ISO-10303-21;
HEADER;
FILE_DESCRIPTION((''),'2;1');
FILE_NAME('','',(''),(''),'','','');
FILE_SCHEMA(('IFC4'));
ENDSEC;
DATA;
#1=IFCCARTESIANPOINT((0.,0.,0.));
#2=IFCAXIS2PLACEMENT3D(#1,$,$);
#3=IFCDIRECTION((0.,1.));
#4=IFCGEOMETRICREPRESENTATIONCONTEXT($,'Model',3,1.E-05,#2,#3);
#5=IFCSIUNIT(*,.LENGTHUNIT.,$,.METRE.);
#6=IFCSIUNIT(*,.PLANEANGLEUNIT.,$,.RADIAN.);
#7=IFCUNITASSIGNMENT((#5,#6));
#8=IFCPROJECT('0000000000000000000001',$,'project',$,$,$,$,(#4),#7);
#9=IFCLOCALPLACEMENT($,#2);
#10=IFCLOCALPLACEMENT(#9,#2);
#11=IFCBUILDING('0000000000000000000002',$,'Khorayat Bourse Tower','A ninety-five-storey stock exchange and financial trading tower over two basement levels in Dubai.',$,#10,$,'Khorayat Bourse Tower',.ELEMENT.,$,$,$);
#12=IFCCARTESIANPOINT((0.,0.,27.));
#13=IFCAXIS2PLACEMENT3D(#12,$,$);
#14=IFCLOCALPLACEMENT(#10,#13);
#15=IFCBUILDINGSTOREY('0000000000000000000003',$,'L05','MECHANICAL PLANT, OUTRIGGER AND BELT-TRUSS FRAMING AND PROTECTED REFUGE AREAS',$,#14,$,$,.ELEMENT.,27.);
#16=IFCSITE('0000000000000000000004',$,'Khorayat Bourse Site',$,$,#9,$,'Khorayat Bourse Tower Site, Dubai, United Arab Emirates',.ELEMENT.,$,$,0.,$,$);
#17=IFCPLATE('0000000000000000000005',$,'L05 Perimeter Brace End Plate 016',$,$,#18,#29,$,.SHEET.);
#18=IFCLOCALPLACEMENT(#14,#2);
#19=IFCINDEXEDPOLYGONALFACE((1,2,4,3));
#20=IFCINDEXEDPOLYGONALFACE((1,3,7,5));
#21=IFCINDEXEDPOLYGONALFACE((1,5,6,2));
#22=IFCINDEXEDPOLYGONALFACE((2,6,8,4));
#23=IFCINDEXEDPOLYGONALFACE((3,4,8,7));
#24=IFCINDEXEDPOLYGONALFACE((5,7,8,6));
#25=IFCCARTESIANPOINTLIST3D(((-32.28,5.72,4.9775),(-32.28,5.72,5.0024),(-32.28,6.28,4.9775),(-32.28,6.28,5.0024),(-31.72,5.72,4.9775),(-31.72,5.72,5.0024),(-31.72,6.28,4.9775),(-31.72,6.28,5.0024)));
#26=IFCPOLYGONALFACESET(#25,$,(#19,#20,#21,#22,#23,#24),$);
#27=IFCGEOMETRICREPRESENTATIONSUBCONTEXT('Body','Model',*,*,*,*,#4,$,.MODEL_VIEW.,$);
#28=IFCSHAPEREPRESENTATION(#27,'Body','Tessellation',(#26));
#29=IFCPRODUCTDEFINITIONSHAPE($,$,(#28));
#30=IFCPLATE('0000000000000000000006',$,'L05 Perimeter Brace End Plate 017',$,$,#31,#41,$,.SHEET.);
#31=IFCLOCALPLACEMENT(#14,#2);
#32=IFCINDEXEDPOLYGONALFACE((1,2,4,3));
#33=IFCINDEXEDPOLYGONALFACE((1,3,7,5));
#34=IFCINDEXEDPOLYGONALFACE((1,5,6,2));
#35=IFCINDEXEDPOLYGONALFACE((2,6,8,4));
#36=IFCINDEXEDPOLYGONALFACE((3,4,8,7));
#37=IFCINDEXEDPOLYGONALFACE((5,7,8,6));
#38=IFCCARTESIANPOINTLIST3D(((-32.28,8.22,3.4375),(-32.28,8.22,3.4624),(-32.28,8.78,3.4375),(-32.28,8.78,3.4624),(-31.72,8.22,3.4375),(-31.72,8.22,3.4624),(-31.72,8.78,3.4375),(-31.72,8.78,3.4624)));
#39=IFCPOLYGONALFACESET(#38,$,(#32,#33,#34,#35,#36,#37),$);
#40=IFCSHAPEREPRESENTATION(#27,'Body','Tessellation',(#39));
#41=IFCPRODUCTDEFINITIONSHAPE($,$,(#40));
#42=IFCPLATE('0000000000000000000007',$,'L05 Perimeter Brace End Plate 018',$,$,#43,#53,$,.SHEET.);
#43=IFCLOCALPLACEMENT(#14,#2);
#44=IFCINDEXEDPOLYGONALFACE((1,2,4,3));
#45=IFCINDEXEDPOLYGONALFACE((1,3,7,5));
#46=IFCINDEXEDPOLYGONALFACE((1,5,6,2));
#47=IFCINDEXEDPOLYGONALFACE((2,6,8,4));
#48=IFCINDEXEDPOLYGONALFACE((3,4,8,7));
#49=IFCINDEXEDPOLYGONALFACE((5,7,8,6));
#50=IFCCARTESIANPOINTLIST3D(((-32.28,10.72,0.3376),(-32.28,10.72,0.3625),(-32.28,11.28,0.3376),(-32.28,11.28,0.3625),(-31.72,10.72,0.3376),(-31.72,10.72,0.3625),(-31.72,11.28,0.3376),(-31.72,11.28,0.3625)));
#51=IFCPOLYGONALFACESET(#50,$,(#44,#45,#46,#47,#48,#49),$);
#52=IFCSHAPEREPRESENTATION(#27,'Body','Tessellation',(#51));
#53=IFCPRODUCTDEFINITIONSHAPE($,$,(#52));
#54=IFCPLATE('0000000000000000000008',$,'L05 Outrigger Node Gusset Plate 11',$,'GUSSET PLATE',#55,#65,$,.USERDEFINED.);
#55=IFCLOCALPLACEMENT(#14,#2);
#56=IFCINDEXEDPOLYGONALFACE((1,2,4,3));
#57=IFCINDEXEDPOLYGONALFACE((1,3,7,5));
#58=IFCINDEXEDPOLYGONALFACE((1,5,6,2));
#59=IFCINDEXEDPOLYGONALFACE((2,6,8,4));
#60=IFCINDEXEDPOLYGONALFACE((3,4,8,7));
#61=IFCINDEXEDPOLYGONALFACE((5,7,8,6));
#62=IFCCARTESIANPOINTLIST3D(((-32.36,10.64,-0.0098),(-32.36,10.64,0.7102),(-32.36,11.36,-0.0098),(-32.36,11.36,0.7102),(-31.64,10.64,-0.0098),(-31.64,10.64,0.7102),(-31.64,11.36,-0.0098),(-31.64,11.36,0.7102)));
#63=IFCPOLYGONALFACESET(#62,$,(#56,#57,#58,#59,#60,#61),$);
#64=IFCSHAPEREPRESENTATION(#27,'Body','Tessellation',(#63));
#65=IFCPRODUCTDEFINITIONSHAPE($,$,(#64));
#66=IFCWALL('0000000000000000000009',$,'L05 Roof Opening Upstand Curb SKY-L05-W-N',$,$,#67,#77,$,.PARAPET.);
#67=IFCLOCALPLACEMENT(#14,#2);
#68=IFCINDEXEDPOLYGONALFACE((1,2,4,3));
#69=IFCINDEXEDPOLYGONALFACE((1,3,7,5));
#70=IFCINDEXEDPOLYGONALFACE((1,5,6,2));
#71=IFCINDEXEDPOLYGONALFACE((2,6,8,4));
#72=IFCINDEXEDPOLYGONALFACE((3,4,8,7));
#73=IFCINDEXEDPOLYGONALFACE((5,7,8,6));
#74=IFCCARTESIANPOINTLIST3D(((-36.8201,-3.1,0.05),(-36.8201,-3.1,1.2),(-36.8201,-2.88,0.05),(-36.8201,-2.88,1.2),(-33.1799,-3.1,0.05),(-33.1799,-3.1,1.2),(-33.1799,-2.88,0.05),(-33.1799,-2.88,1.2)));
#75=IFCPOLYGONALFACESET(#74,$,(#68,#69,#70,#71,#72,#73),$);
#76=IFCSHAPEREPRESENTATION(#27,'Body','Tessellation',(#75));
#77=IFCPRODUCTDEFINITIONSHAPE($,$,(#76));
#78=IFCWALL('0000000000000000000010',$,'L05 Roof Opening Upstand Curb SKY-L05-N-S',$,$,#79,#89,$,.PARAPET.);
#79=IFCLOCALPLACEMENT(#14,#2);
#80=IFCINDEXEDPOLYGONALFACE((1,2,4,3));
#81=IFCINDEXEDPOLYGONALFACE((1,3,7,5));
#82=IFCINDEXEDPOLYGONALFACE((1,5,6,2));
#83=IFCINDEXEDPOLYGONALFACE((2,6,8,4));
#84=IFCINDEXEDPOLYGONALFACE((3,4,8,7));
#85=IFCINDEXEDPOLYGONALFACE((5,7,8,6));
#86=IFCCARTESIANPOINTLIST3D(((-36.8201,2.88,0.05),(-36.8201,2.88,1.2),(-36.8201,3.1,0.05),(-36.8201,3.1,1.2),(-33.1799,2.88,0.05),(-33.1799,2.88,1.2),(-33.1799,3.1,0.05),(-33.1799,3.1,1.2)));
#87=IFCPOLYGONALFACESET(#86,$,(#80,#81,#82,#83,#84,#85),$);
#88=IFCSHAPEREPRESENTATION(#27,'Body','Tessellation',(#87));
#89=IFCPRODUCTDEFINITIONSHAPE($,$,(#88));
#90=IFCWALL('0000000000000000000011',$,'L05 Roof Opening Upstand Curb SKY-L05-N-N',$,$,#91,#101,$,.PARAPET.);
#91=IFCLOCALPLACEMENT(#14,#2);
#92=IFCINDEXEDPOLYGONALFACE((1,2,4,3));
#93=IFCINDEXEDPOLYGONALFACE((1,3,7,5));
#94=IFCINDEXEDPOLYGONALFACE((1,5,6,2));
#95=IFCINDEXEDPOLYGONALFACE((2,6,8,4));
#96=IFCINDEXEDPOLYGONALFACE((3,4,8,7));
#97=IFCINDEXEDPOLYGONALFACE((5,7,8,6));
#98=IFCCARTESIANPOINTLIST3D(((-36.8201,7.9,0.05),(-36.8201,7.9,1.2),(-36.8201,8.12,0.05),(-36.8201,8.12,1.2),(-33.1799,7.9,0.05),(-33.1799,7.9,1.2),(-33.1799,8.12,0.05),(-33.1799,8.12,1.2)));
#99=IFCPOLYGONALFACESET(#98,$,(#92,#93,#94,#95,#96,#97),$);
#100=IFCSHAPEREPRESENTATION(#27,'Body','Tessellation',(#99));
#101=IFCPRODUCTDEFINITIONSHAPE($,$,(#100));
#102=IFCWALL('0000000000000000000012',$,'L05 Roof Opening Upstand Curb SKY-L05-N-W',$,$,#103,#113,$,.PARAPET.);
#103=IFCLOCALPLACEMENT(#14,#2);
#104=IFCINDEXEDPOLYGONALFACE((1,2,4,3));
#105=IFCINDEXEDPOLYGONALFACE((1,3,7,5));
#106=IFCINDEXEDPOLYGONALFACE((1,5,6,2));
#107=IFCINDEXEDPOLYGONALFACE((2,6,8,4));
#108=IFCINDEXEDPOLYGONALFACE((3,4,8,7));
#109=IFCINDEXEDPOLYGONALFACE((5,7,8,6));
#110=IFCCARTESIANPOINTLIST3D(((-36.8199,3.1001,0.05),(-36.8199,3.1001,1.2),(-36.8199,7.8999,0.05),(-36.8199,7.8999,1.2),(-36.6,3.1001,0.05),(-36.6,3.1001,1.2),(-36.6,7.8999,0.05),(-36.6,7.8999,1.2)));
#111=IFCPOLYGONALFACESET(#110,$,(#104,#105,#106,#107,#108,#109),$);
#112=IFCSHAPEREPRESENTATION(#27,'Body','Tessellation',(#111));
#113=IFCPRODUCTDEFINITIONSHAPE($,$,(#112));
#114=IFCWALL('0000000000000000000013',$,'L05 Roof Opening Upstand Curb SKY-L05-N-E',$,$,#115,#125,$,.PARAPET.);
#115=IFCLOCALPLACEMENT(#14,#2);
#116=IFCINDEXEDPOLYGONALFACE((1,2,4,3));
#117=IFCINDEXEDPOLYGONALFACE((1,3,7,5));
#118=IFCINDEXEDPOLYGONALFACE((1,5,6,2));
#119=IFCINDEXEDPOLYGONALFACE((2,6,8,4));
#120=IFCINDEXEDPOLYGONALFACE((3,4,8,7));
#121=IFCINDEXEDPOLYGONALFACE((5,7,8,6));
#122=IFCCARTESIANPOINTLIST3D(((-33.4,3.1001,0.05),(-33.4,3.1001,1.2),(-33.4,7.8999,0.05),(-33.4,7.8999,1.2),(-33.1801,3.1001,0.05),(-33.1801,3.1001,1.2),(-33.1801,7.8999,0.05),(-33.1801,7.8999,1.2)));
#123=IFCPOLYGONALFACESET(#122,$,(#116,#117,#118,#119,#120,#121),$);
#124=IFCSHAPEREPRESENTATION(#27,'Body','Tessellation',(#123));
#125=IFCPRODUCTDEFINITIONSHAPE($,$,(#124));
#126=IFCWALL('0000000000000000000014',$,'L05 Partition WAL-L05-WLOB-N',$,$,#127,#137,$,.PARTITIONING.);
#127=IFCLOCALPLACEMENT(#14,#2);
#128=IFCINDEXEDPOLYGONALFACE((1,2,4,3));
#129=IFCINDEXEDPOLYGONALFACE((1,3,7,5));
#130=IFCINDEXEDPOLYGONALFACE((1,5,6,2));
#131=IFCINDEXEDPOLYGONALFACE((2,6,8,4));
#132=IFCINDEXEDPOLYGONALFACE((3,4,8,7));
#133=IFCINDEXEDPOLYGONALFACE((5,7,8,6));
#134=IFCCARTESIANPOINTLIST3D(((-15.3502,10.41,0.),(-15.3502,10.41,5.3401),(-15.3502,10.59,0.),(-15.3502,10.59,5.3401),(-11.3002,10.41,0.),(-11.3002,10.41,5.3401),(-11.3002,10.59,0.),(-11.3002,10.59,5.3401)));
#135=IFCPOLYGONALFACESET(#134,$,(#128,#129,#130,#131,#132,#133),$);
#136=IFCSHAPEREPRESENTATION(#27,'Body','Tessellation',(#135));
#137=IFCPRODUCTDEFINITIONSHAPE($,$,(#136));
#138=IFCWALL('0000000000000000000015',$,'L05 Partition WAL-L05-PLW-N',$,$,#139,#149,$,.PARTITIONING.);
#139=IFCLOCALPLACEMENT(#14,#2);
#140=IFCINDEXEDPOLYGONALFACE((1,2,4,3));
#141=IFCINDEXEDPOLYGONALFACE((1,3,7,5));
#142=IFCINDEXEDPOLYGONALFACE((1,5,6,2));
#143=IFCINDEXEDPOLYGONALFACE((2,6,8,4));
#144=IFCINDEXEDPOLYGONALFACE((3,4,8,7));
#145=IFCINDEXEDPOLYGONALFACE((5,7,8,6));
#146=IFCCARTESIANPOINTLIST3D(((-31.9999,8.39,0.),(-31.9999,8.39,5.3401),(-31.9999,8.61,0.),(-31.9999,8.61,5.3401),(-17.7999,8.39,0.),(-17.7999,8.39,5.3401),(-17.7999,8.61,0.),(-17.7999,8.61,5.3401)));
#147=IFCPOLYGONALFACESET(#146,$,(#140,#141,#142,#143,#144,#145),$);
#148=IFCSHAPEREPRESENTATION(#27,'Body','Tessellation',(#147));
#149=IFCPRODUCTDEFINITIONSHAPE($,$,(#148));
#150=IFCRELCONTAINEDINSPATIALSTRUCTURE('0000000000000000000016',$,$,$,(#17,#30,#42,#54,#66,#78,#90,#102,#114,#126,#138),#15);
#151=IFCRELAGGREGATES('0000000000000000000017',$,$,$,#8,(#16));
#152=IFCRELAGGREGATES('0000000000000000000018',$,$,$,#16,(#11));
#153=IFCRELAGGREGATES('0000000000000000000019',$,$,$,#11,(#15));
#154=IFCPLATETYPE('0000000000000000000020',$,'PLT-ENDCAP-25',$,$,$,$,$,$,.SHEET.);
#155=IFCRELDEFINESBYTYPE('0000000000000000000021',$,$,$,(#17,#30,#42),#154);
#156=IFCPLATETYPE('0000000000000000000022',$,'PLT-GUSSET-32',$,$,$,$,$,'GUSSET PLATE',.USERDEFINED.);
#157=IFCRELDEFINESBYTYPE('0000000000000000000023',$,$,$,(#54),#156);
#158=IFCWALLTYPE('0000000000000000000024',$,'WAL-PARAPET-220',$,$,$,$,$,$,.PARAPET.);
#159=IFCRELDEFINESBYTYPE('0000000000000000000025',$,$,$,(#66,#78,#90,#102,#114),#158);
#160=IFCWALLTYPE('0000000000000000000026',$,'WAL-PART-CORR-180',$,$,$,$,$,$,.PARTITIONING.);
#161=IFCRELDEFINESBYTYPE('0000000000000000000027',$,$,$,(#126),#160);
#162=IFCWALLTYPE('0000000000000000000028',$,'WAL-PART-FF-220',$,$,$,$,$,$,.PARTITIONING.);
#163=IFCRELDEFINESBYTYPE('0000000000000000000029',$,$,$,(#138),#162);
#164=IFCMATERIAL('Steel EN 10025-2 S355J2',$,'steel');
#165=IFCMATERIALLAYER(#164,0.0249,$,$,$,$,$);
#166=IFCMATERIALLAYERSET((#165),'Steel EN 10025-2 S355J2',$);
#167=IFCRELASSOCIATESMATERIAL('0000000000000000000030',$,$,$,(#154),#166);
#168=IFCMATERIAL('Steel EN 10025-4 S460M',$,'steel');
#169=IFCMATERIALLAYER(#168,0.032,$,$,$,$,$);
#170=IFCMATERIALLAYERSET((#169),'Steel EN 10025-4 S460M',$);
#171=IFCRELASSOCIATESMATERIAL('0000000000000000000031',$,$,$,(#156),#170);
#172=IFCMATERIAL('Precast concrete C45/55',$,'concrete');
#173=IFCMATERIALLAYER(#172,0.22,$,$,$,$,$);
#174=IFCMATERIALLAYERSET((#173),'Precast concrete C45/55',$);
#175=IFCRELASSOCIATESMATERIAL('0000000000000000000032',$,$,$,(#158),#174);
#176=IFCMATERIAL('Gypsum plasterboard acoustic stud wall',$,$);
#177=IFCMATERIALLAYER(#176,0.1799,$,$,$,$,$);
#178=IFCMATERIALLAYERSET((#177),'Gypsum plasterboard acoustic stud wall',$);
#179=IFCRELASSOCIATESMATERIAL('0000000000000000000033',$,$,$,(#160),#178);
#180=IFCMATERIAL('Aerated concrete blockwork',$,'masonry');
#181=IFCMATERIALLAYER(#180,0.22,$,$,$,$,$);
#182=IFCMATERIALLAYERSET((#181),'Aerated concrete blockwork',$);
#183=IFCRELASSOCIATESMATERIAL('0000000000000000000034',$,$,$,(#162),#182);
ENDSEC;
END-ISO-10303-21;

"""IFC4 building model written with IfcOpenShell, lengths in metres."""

from ifc_helpers import new_model, si_unit, direction, frame, frame_2d, origin, origin_2d, place, context, subcontext, project, spatial, rectangle, extrude, source, transform, mapped, material, layer, layer_set, type_object, element, save


model = new_model("IFC4")

# Units and contexts
model_context = context("Model", 3, precision=1e-05, world=origin(), true_north=direction((0.0, 1.0)))
body_context = subcontext(model_context, "Body", "Model", "MODEL_VIEW")
ifc_project = project(units=[si_unit("LENGTHUNIT", "METRE"), si_unit("PLANEANGLEUNIT", "RADIAN")], contexts=[model_context])

# Site, building, storey
site_placement = place(None, origin())
site = spatial("IfcSite", under=ifc_project, at=site_placement, Name="Khorayat Bourse Site", LongName="Khorayat Bourse Tower Site, Dubai, United Arab Emirates", CompositionType="ELEMENT", RefElevation=0.0)
building_placement = place(site_placement, origin())
building = spatial("IfcBuilding", under=site, at=building_placement, Name="Khorayat Bourse Tower", Description="A ninety-five-storey stock exchange and financial trading tower over two basement levels in Dubai.", LongName="Khorayat Bourse Tower", CompositionType="ELEMENT")
storey_placement = place(building_placement, frame((0.0, 0.0, 27.0)))
storey = spatial("IfcBuildingStorey", under=building, at=storey_placement, Name="L05", Description="MECHANICAL PLANT, OUTRIGGER AND BELT-TRUSS FRAMING AND PROTECTED REFUGE AREAS", CompositionType="ELEMENT", Elevation=27.0)

# Shared definitions
ifc_material_1 = material(Name="Steel EN 10025-4 S460M", Category="steel")

# Plates
ifc_material_2 = material(Name="Steel EN 10025-2 S355J2", Category="steel")
ifc_layer_1 = layer(ifc_material_2, 0.0249)
ifc_layer_set_1 = layer_set([ifc_layer_1], Name="Steel EN 10025-2 S355J2")
plate_type_1 = type_object("IfcPlateType", Name="PLT-ENDCAP-25", PredefinedType="SHEET", material=ifc_layer_set_1)
shared_shape_1 = source(origin(), body_context, "Body", "SweptSolid", [
    extrude(rectangle(XDim=0.5601, YDim=0.5601, at=origin_2d()), origin(), (0.0, 0.0, 1.0), 0.0249),
])
for number, where, z_axis, x_axis, name in (
    (1, (-32.0, 6.0, 4.9775), (0.0, 0.0, 1.0), (1.0, 0.0, 0.0), "L05 Perimeter Brace End Plate 016"),
    (2, (-32.0, 8.5, 3.4375), (0.0, 0.0, 1.0), (1.0, 0.0, 0.0), "L05 Perimeter Brace End Plate 017"),
    (3, (-32.0, 11.0, 0.3376), (0.0, 0.0, 1.0), (1.0, 0.0, 0.0), "L05 Perimeter Brace End Plate 018"),
):
    element("IfcPlate", number, at=place(storey_placement, frame(where, z_axis=z_axis, x_axis=x_axis)), inside=storey, type_object=plate_type_1, Name=name, PredefinedType="SHEET", context=body_context, shape_type="MappedRepresentation", body=[
        mapped(shared_shape_1, transform((0.0, 0.0, 0.0), scale=1.0)),
    ])
ifc_layer_2 = layer(ifc_material_1, 0.032)
ifc_layer_set_2 = layer_set([ifc_layer_2], Name="Steel EN 10025-4 S460M")
plate_type_2 = type_object("IfcPlateType", Name="PLT-GUSSET-32", ElementType="GUSSET PLATE", PredefinedType="USERDEFINED", material=ifc_layer_set_2)
shared_shape_2 = source(origin(), body_context, "Body", "SweptSolid", [
    extrude(rectangle(XDim=0.72, YDim=0.72, at=origin_2d()), origin(), (0.0, 0.0, 1.0), 0.72),
])
plate_placement = place(storey_placement, frame((-32.0, 11.0, -0.0098), z_axis=(0.0, 0.0, 1.0), x_axis=(1.0, 0.0, 0.0)))
element("IfcPlate", 4, at=plate_placement, inside=storey, type_object=plate_type_2, Name="L05 Outrigger Node Gusset Plate 11", ObjectType="GUSSET PLATE", PredefinedType="USERDEFINED", context=body_context, shape_type="MappedRepresentation", body=[
    mapped(shared_shape_2, transform((0.0, 0.0, 0.0), scale=1.0)),
])

# Walls
ifc_material_3 = material(Name="Precast concrete C45/55", Category="concrete")
ifc_layer_3 = layer(ifc_material_3, 0.22)
ifc_layer_set_3 = layer_set([ifc_layer_3], Name="Precast concrete C45/55")
wall_type_1 = type_object("IfcWallType", Name="WAL-PARAPET-220", PredefinedType="PARAPET", material=ifc_layer_set_3)
shared_shape_3 = source(origin(), body_context, "Body", "SweptSolid", [
    extrude(rectangle(XDim=3.6401, YDim=0.22, at=frame_2d((1.8201, 0.0))), origin(), (0.0, 0.0, 1.0), 1.1499),
])
for number, where, z_axis, x_axis, name in (
    (5, (-36.8201, -2.99, 0.05), (0.0, 0.0, 1.0), (1.0, 0.0, 0.0), "L05 Roof Opening Upstand Curb SKY-L05-W-N"),
    (6, (-36.8201, 2.99, 0.05), (0.0, 0.0, 1.0), (1.0, 0.0, 0.0), "L05 Roof Opening Upstand Curb SKY-L05-N-S"),
    (7, (-36.8201, 8.01, 0.05), (0.0, 0.0, 1.0), (1.0, 0.0, 0.0), "L05 Roof Opening Upstand Curb SKY-L05-N-N"),
):
    element("IfcWall", number, at=place(storey_placement, frame(where, z_axis=z_axis, x_axis=x_axis)), inside=storey, type_object=wall_type_1, Name=name, PredefinedType="PARAPET", context=body_context, shape_type="MappedRepresentation", body=[
        mapped(shared_shape_3, transform((0.0, 0.0, 0.0), scale=1.0)),
    ])
shared_shape_4 = source(origin(), body_context, "Body", "SweptSolid", [
    extrude(rectangle(XDim=4.7998, YDim=0.22, at=frame_2d((2.3999, 0.0))), origin(), (0.0, 0.0, 1.0), 1.1499),
])
for number, where, z_axis, x_axis, name in (
    (8, (-36.71, 3.1001, 0.05), (0.0, 0.0, 1.0), (0.0, 1.0, 0.0), "L05 Roof Opening Upstand Curb SKY-L05-N-W"),
    (9, (-33.29, 3.1001, 0.05), (0.0, 0.0, 1.0), (0.0, 1.0, 0.0), "L05 Roof Opening Upstand Curb SKY-L05-N-E"),
):
    element("IfcWall", number, at=place(storey_placement, frame(where, z_axis=z_axis, x_axis=x_axis)), inside=storey, type_object=wall_type_1, Name=name, PredefinedType="PARAPET", context=body_context, shape_type="MappedRepresentation", body=[
        mapped(shared_shape_4, transform((0.0, 0.0, 0.0), scale=1.0)),
    ])
ifc_material_4 = material(Name="Gypsum plasterboard acoustic stud wall")
ifc_layer_4 = layer(ifc_material_4, 0.1799)
ifc_layer_set_4 = layer_set([ifc_layer_4], Name="Gypsum plasterboard acoustic stud wall")
wall_type_2 = type_object("IfcWallType", Name="WAL-PART-CORR-180", PredefinedType="PARTITIONING", material=ifc_layer_set_4)
shared_shape_5 = source(origin(), body_context, "Body", "SweptSolid", [
    extrude(rectangle(XDim=4.05, YDim=0.1799, at=frame_2d((2.0249, 0.0))), origin(), (0.0, 0.0, 1.0), 5.3401),
])
wall_1_placement = place(storey_placement, frame((-15.3501, 10.5, 0.0), z_axis=(0.0, 0.0, 1.0), x_axis=(1.0, 0.0, 0.0)))
element("IfcWall", 10, at=wall_1_placement, inside=storey, type_object=wall_type_2, Name="L05 Partition WAL-L05-WLOB-N", PredefinedType="PARTITIONING", context=body_context, shape_type="MappedRepresentation", body=[
    mapped(shared_shape_5, transform((0.0, 0.0, 0.0), scale=1.0)),
])
ifc_material_5 = material(Name="Aerated concrete blockwork", Category="masonry")
ifc_layer_5 = layer(ifc_material_5, 0.22)
ifc_layer_set_5 = layer_set([ifc_layer_5], Name="Aerated concrete blockwork")
wall_type_3 = type_object("IfcWallType", Name="WAL-PART-FF-220", PredefinedType="PARTITIONING", material=ifc_layer_set_5)
shared_shape_6 = source(origin(), body_context, "Body", "SweptSolid", [
    extrude(rectangle(XDim=14.2, YDim=0.22, at=frame_2d((7.1001, 0.0))), origin(), (0.0, 0.0, 1.0), 5.3401),
])
wall_2_placement = place(storey_placement, frame((-32.0, 8.5, 0.0), z_axis=(0.0, 0.0, 1.0), x_axis=(1.0, 0.0, 0.0)))
element("IfcWall", 11, at=wall_2_placement, inside=storey, type_object=wall_type_3, Name="L05 Partition WAL-L05-PLW-N", PredefinedType="PARTITIONING", context=body_context, shape_type="MappedRepresentation", body=[
    mapped(shared_shape_6, transform((0.0, 0.0, 0.0), scale=1.0)),
])

save(model, "model.ifc")
